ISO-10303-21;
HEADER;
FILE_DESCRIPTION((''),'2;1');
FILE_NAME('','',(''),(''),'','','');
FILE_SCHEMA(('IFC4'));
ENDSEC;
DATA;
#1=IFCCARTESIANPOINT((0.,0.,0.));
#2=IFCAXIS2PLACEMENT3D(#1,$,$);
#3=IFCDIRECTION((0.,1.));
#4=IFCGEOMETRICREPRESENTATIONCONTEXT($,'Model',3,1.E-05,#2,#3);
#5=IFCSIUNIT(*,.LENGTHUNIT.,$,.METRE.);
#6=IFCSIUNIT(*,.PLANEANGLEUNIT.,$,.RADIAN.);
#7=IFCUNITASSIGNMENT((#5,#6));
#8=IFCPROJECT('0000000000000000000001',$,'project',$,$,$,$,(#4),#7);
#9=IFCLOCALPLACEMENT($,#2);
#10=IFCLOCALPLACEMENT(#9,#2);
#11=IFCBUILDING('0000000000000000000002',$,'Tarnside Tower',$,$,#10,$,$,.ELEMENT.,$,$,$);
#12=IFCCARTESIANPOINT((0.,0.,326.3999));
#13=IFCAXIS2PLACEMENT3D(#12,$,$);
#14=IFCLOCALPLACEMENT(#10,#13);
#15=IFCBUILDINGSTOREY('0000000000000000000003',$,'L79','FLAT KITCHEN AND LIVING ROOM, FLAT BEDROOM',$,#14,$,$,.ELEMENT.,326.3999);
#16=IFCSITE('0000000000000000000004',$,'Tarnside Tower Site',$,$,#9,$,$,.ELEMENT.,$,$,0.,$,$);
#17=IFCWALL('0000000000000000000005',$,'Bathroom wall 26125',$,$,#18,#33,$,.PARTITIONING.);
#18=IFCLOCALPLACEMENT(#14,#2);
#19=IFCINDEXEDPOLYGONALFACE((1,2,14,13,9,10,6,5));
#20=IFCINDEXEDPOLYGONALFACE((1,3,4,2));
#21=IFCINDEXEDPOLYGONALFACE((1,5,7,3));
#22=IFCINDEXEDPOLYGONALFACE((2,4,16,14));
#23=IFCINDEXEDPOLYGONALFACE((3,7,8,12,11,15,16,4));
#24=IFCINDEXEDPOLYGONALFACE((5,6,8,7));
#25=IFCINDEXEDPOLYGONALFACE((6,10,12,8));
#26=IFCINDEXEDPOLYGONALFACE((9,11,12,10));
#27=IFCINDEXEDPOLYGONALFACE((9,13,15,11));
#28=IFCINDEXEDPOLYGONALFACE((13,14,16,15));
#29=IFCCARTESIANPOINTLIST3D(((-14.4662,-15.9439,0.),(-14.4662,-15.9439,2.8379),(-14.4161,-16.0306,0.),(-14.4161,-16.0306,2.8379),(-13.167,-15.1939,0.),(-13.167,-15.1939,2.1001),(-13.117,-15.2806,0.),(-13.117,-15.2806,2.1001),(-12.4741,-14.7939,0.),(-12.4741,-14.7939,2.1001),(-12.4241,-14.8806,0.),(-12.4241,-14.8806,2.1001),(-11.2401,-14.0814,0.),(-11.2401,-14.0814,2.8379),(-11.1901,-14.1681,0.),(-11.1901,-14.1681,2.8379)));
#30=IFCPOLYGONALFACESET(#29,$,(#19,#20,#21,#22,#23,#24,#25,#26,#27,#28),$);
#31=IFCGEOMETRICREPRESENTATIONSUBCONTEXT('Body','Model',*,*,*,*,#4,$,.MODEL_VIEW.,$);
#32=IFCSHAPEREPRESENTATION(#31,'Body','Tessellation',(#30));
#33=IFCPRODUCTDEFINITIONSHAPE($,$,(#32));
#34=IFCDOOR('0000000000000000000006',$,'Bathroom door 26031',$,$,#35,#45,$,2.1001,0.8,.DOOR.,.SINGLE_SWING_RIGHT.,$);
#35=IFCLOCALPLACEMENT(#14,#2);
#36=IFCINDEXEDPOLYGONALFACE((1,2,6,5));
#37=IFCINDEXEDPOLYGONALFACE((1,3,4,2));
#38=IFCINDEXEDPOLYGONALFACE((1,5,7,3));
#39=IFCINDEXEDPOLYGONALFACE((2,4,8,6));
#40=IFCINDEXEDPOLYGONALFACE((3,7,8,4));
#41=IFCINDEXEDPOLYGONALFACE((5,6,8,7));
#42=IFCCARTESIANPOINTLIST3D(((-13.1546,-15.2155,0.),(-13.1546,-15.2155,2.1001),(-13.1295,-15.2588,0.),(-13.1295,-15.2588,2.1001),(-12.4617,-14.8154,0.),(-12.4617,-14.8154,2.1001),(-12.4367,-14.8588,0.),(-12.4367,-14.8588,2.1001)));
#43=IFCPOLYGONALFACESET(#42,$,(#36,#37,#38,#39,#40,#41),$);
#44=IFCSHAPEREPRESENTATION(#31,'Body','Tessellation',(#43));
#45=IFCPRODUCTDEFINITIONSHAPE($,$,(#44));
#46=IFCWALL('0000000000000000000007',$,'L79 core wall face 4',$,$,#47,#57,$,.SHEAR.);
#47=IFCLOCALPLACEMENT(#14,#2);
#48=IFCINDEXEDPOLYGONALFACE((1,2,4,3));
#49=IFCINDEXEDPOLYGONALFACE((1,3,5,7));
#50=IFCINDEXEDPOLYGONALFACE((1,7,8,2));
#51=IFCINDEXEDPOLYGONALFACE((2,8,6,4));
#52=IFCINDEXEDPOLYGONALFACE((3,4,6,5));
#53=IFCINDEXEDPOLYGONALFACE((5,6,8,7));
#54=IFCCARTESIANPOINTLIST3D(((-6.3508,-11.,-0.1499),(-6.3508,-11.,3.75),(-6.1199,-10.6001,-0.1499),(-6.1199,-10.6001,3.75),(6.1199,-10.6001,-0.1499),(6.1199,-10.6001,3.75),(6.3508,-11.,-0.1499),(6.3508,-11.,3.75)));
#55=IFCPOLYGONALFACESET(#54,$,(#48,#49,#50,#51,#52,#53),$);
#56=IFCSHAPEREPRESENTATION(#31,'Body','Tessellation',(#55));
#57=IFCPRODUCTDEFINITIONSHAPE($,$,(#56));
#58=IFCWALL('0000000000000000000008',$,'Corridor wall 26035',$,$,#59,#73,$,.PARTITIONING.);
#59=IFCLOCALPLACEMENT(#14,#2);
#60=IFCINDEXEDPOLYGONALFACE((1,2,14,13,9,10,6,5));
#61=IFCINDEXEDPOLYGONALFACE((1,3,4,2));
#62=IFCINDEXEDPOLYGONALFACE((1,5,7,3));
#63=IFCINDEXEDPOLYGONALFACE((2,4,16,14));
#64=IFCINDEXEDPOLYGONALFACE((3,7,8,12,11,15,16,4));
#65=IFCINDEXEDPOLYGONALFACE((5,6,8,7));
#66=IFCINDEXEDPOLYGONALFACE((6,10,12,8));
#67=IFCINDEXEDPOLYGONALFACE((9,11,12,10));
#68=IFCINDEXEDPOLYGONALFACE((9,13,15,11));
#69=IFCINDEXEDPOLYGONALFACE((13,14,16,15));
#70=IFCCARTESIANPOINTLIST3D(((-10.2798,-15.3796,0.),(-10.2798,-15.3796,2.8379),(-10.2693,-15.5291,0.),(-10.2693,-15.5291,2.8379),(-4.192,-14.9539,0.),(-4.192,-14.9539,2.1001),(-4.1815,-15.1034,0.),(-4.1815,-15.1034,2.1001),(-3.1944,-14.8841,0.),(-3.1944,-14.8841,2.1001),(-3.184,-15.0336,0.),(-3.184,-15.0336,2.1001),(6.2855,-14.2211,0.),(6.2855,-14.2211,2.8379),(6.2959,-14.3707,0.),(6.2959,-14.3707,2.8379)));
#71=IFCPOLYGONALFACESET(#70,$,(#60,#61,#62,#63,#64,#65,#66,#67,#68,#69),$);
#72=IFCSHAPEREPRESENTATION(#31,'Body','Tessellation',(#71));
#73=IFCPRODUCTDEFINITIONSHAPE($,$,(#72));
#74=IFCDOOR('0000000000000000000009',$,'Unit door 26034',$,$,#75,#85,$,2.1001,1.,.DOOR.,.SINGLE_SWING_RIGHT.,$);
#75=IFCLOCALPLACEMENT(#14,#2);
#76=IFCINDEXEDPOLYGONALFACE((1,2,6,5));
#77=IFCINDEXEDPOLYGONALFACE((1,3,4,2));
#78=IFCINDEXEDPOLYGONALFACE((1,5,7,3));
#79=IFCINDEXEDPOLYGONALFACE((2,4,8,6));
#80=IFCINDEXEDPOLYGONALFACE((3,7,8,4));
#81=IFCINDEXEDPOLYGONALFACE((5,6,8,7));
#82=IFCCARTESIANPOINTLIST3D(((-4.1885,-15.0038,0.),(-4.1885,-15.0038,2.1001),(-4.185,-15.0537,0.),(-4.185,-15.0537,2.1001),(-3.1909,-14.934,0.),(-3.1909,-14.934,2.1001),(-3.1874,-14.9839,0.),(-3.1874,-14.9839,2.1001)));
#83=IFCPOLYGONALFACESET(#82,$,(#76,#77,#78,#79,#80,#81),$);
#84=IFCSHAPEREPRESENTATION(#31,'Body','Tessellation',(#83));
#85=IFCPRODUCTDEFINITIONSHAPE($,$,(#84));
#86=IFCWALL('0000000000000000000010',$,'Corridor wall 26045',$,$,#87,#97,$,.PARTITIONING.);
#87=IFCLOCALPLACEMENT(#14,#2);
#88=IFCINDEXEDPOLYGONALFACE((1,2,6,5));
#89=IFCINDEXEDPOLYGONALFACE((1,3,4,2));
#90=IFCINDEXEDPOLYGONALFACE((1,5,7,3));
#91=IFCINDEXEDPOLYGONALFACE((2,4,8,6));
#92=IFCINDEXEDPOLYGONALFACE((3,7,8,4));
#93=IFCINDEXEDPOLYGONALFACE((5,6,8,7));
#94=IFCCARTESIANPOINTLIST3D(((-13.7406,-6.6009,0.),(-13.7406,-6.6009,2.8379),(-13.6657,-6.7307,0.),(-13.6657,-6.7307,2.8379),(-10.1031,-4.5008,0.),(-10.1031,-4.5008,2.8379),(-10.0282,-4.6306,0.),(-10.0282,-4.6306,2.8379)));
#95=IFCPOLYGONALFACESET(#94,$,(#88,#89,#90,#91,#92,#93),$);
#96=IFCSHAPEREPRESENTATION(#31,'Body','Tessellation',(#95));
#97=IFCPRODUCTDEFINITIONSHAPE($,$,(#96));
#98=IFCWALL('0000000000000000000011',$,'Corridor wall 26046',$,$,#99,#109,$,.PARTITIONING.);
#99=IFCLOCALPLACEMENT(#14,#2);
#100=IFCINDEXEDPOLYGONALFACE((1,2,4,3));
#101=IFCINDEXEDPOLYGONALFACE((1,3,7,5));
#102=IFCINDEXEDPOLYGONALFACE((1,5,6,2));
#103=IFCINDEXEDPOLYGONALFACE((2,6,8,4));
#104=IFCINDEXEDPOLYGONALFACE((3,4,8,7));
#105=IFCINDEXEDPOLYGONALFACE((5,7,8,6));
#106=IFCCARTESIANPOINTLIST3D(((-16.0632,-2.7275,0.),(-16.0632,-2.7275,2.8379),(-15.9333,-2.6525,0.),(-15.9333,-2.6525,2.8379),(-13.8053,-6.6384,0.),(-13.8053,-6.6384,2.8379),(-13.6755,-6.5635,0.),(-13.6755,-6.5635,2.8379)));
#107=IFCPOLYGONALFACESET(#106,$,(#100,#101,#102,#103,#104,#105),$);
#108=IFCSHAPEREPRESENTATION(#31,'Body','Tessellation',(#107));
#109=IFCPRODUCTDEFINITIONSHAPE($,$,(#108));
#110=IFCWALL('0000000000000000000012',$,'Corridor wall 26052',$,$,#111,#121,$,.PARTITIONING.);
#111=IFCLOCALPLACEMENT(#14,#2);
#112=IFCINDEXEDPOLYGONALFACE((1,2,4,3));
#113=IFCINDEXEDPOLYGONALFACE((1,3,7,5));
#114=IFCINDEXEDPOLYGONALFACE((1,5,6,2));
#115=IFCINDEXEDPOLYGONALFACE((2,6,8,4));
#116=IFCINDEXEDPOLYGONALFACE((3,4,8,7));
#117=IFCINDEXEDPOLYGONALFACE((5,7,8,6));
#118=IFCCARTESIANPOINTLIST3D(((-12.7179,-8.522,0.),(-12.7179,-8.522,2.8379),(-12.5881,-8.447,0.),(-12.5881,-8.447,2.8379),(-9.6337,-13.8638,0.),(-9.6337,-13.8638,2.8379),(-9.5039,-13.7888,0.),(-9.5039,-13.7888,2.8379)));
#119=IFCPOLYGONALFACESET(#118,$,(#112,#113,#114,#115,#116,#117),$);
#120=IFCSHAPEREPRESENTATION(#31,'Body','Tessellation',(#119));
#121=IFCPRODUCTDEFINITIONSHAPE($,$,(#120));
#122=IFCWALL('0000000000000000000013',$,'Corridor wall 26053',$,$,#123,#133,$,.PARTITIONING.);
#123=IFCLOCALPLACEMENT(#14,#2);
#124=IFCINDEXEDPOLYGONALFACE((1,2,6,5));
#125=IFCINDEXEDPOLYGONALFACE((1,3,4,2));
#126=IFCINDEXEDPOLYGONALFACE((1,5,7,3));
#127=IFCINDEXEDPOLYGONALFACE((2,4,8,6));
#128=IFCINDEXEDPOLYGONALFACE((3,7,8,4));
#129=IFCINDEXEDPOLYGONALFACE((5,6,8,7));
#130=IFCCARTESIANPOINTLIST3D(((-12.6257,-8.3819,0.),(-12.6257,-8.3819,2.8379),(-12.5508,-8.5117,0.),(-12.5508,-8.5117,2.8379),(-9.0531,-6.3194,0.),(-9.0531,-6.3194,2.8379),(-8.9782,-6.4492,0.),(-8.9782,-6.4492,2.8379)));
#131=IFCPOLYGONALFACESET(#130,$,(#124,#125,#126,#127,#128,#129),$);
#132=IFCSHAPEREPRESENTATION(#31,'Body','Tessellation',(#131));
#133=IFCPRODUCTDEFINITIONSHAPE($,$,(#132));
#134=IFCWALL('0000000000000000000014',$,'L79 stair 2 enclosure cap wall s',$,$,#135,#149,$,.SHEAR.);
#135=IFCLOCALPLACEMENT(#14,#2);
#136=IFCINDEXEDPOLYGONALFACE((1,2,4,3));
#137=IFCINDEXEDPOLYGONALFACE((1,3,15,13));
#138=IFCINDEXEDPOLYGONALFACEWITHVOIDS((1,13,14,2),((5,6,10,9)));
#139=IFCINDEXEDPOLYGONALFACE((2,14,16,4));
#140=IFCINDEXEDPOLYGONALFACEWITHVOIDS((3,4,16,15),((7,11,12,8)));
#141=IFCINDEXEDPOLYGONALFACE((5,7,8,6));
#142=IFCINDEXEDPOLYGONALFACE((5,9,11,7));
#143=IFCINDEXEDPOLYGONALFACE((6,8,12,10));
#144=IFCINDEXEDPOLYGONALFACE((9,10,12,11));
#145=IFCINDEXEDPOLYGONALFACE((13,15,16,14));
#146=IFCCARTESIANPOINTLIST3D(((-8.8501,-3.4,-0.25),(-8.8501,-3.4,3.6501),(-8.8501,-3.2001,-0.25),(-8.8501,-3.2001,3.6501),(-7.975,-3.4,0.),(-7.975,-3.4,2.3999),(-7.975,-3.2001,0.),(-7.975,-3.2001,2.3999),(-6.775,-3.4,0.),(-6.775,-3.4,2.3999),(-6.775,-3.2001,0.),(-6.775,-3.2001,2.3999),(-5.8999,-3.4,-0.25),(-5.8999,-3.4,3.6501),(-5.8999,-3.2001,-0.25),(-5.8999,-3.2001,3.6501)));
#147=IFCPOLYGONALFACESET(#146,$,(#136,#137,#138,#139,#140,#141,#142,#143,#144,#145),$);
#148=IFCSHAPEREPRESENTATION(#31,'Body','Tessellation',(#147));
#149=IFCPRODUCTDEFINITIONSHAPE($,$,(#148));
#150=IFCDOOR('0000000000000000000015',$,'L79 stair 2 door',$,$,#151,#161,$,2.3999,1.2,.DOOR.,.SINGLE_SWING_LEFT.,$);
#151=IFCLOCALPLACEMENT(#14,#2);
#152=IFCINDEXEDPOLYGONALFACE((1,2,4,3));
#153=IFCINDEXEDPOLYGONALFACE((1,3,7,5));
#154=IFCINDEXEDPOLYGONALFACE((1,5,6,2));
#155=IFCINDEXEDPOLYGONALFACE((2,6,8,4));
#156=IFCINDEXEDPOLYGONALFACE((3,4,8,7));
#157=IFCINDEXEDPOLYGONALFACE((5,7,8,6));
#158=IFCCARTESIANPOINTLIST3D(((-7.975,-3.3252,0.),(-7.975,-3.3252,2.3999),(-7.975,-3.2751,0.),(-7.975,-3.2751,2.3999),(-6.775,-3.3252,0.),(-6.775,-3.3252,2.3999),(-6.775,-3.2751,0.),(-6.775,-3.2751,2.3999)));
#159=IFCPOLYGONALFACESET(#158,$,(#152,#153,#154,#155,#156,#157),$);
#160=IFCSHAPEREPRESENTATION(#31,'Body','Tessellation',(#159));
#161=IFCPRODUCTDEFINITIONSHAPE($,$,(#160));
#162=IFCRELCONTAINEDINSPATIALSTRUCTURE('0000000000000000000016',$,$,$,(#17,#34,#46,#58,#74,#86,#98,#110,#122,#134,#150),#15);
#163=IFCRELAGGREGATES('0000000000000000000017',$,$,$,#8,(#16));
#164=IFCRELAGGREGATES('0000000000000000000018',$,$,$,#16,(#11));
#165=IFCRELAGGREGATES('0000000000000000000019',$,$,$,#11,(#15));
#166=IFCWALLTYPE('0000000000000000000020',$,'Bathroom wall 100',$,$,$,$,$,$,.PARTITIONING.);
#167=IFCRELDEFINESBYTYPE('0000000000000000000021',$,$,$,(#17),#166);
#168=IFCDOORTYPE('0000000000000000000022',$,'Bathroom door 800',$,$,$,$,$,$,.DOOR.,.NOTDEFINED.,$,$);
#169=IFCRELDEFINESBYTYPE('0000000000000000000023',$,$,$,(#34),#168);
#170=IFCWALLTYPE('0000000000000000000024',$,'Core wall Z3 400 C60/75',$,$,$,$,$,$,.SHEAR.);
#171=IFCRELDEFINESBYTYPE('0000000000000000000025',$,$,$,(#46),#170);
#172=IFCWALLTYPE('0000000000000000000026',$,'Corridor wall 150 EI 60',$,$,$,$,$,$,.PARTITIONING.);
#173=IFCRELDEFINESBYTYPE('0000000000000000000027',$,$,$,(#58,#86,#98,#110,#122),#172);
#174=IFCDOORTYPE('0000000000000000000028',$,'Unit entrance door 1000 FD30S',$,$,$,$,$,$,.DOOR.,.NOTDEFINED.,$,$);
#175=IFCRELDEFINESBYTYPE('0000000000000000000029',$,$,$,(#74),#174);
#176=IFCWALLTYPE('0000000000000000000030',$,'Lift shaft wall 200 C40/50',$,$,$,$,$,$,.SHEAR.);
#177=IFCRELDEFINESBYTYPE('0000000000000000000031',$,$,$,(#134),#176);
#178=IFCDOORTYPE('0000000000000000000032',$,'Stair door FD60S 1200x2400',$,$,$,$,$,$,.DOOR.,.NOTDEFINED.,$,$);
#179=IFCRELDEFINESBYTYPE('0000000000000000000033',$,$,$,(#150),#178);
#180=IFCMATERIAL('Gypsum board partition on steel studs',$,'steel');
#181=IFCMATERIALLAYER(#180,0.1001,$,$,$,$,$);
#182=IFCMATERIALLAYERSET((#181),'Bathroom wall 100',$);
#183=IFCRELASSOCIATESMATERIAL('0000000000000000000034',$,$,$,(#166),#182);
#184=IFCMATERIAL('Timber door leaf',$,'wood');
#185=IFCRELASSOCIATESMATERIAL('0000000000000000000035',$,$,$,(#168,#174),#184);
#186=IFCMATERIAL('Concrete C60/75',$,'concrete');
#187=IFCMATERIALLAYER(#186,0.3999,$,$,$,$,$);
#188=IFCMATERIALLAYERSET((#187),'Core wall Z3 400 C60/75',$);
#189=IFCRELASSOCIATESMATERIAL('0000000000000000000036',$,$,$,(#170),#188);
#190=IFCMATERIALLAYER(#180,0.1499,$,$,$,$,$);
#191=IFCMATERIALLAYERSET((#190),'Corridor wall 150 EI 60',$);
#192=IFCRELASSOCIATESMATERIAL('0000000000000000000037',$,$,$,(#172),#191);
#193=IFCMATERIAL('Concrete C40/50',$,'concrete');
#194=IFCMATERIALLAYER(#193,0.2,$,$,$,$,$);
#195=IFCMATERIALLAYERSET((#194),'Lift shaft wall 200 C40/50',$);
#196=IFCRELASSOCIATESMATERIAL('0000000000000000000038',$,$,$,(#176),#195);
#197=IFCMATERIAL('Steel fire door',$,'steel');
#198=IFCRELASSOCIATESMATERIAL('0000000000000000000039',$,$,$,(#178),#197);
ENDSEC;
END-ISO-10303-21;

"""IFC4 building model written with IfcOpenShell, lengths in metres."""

from ifc_helpers import new_model, si_unit, direction, frame, frame_2d, origin, place, context, subcontext, project, spatial, polyline, rectangle, outline, extrude, material, layer, layer_set, type_object, element, fill, save


model = new_model("IFC4")

# Units and contexts
model_context = context("Model", 3, precision=1e-05, world=origin(), true_north=direction((0.0, 1.0)))
body_context = subcontext(model_context, "Body", "Model", "MODEL_VIEW")
ifc_project = project(units=[si_unit("LENGTHUNIT", "METRE"), si_unit("PLANEANGLEUNIT", "RADIAN")], contexts=[model_context])

# Site, building, storey
site_placement = place(None, origin())
site = spatial("IfcSite", under=ifc_project, at=site_placement, Name="Tarnside Tower Site", CompositionType="ELEMENT", RefElevation=0.0)
building_placement = place(site_placement, origin())
building = spatial("IfcBuilding", under=site, at=building_placement, Name="Tarnside Tower", CompositionType="ELEMENT")
storey_placement = place(building_placement, frame((0.0, 0.0, 326.3999)))
storey = spatial("IfcBuildingStorey", under=building, at=storey_placement, Name="L79", Description="FLAT KITCHEN AND LIVING ROOM, FLAT BEDROOM", CompositionType="ELEMENT", Elevation=326.3999)

# Wall, opening, door
ifc_material_1 = material(Name="Gypsum board partition on steel studs", Category="steel")
ifc_layer_1 = layer(ifc_material_1, 0.1001)
ifc_layer_set_1 = layer_set([ifc_layer_1], Name="Bathroom wall 100")
wall_type_1 = type_object("IfcWallType", Name="Bathroom wall 100", PredefinedType="PARTITIONING", material=ifc_layer_set_1)
wall_1_placement = place(storey_placement, frame((-11.2151, -14.1248, 0.0), z_axis=(0.0, 0.0, 1.0), x_axis=(-0.866028, -0.499995, 0.0)))
wall_1 = element("IfcWall", 1, at=wall_1_placement, inside=storey, type_object=wall_type_1, Name="Bathroom wall 26125", PredefinedType="PARTITIONING", context=body_context, shape_type="SweptSolid", body=[
    extrude(rectangle(XDim=3.7251, YDim=0.1001, at=frame_2d((1.8625, 0.0))), origin(), (0.0, 0.0, 1.0), 2.8379),
])
opening_1_placement = place(wall_1_placement, frame((1.425, 0.0, 0.0)))
opening_1 = element("IfcOpeningElement", 2, at=opening_1_placement, cuts=wall_1, PredefinedType="OPENING", context=body_context, shape_type="SweptSolid", body=[
    extrude(rectangle(XDim=0.8, YDim=2.1001, at=frame_2d((0.3999, 1.05))), frame((0.0, 0.0601, 0.0), z_axis=(0.0, -1.0, 0.0), x_axis=(1.0, 0.0, 0.0)), (0.0, 0.0, 1.0), 0.1201),
])
ifc_material_2 = material(Name="Timber door leaf", Category="wood")
door_type_1 = type_object("IfcDoorType", Name="Bathroom door 800", OperationType="NOTDEFINED", PredefinedType="DOOR", material=ifc_material_2)
door_1_placement = place(opening_1_placement, origin())
door_1 = element("IfcDoor", 3, at=door_1_placement, inside=storey, type_object=door_type_1, Name="Bathroom door 26031", OperationType="SINGLE_SWING_RIGHT", OverallHeight=2.1001, OverallWidth=0.8, PredefinedType="DOOR", context=body_context, shape_type="SweptSolid", body=[
    extrude(rectangle(XDim=0.8, YDim=2.1001, at=frame_2d((0.3999, 1.05))), frame((0.0, 0.0249, 0.0), z_axis=(0.0, -1.0, 0.0), x_axis=(1.0, 0.0, 0.0)), (0.0, 0.0, 1.0), 0.05),
])
fill(opening_1, door_1)

# Wall
ifc_material_3 = material(Name="Concrete C60/75", Category="concrete")
ifc_layer_2 = layer(ifc_material_3, 0.3999)
ifc_layer_set_2 = layer_set([ifc_layer_2], Name="Core wall Z3 400 C60/75")
wall_type_2 = type_object("IfcWallType", Name="Core wall Z3 400 C60/75", PredefinedType="SHEAR", material=ifc_layer_set_2)
wall_2_placement = place(storey_placement, frame((-6.2354, -10.8, -0.1499), z_axis=(0.0, 0.0, 1.0), x_axis=(1.0, 0.0, 0.0)))
element("IfcWall", 4, at=wall_2_placement, inside=storey, type_object=wall_type_2, Name="L79 core wall face 4", PredefinedType="SHEAR", context=body_context, shape_type="SweptSolid", body=[
    extrude(outline(polyline([(-0.1155, -0.2), (12.5862, -0.2), (12.3552, 0.2), (0.1155, 0.2), (-0.1155, -0.2)])), origin(), (0.0, 0.0, 1.0), 3.8999),
])

# Wall, opening, door
ifc_layer_3 = layer(ifc_material_1, 0.1499)
ifc_layer_set_3 = layer_set([ifc_layer_3], Name="Corridor wall 150 EI 60")
wall_type_3 = type_object("IfcWallType", Name="Corridor wall 150 EI 60", PredefinedType="PARTITIONING", material=ifc_layer_set_3)
wall_3_placement = place(storey_placement, frame((-10.2744, -15.4543, 0.0), z_axis=(0.0, 0.0, 1.0), x_axis=(0.997564, 0.069762, 0.0)))
wall_3 = element("IfcWall", 5, at=wall_3_placement, inside=storey, type_object=wall_type_3, Name="Corridor wall 26035", PredefinedType="PARTITIONING", context=body_context, shape_type="SweptSolid", body=[
    extrude(rectangle(XDim=16.6057, YDim=0.1499, at=frame_2d((8.3027, 0.0))), origin(), (0.0, 0.0, 1.0), 2.8379),
])
opening_2_placement = place(wall_3_placement, frame((6.1025, 0.0, 0.0)))
opening_2 = element("IfcOpeningElement", 6, at=opening_2_placement, cuts=wall_3, PredefinedType="OPENING", context=body_context, shape_type="SweptSolid", body=[
    extrude(rectangle(XDim=1.0, YDim=2.1001, at=frame_2d((0.5, 1.05))), frame((0.0, 0.085, 0.0), z_axis=(0.0, -1.0, 0.0), x_axis=(1.0, 0.0, 0.0)), (0.0, 0.0, 1.0), 0.1699),
])
door_type_2 = type_object("IfcDoorType", Name="Unit entrance door 1000 FD30S", OperationType="NOTDEFINED", PredefinedType="DOOR", material=ifc_material_2)
door_2_placement = place(opening_2_placement, origin())
door_2 = element("IfcDoor", 7, at=door_2_placement, inside=storey, type_object=door_type_2, Name="Unit door 26034", OperationType="SINGLE_SWING_RIGHT", OverallHeight=2.1001, OverallWidth=1.0, PredefinedType="DOOR", context=body_context, shape_type="SweptSolid", body=[
    extrude(rectangle(XDim=1.0, YDim=2.1001, at=frame_2d((0.5, 1.05))), frame((0.0, 0.0249, 0.0), z_axis=(0.0, -1.0, 0.0), x_axis=(1.0, 0.0, 0.0)), (0.0, 0.0, 1.0), 0.05),
])
fill(opening_2, door_2)

# Walls
wall_4_placement = place(storey_placement, frame((-10.0657, -4.5657, 0.0), z_axis=(0.0, 0.0, 1.0), x_axis=(-0.866024, -0.500003, 0.0)))
element("IfcWall", 8, at=wall_4_placement, inside=storey, type_object=wall_type_3, Name="Corridor wall 26045", PredefinedType="PARTITIONING", context=body_context, shape_type="SweptSolid", body=[
    extrude(rectangle(XDim=4.2002, YDim=0.1499, at=frame_2d((2.1001, 0.0))), origin(), (0.0, 0.0, 1.0), 2.8379),
])
wall_5_placement = place(storey_placement, frame((-13.7405, -6.6008, 0.0), z_axis=(0.0, 0.0, 1.0), x_axis=(-0.499977, 0.866039, 0.0)))
element("IfcWall", 9, at=wall_5_placement, inside=storey, type_object=wall_type_3, Name="Corridor wall 26046", PredefinedType="PARTITIONING", context=body_context, shape_type="SweptSolid", body=[
    extrude(rectangle(XDim=4.5159, YDim=0.1499, at=frame_2d((2.2578, 0.0))), origin(), (0.0, 0.0, 1.0), 2.8379),
])
wall_6_placement = place(storey_placement, frame((-9.5688, -13.8262, 0.0), z_axis=(0.0, 0.0, 1.0), x_axis=(-0.500017, 0.866016, 0.0)))
element("IfcWall", 10, at=wall_6_placement, inside=storey, type_object=wall_type_3, Name="Corridor wall 26052", PredefinedType="PARTITIONING", context=body_context, shape_type="SweptSolid", body=[
    extrude(rectangle(XDim=6.1682, YDim=0.1499, at=frame_2d((3.084, 0.0))), origin(), (0.0, 0.0, 1.0), 2.8379),
])
wall_7_placement = place(storey_placement, frame((-12.5881, -8.4468, 0.0), z_axis=(0.0, 0.0, 1.0), x_axis=(0.866035, 0.499984, 0.0)))
element("IfcWall", 11, at=wall_7_placement, inside=storey, type_object=wall_type_3, Name="Corridor wall 26053", PredefinedType="PARTITIONING", context=body_context, shape_type="SweptSolid", body=[
    extrude(rectangle(XDim=4.1252, YDim=0.1499, at=frame_2d((2.0625, 0.0))), origin(), (0.0, 0.0, 1.0), 2.8379),
])

# Wall, opening, door
ifc_material_4 = material(Name="Concrete C40/50", Category="concrete")
ifc_layer_4 = layer(ifc_material_4, 0.2)
ifc_layer_set_4 = layer_set([ifc_layer_4], Name="Lift shaft wall 200 C40/50")
wall_type_4 = type_object("IfcWallType", Name="Lift shaft wall 200 C40/50", PredefinedType="SHEAR", material=ifc_layer_set_4)
wall_8_placement = place(storey_placement, frame((-8.8501, -3.3, -0.25), z_axis=(0.0, 0.0, 1.0), x_axis=(1.0, 0.0, 0.0)))
wall_8 = element("IfcWall", 12, at=wall_8_placement, inside=storey, type_object=wall_type_4, Name="L79 stair 2 enclosure cap wall s", PredefinedType="SHEAR", context=body_context, shape_type="SweptSolid", body=[
    extrude(rectangle(XDim=2.9502, YDim=0.2, at=frame_2d((1.4751, 0.0))), origin(), (0.0, 0.0, 1.0), 3.9001),
])
opening_3_placement = place(wall_8_placement, frame((0.875, 0.0, 0.25)))
opening_3 = element("IfcOpeningElement", 13, at=opening_3_placement, cuts=wall_8, PredefinedType="OPENING", context=body_context, shape_type="SweptSolid", body=[
    extrude(rectangle(XDim=1.2, YDim=2.3999, at=frame_2d((0.6001, 1.2))), frame((0.0, 0.1099, 0.0), z_axis=(0.0, -1.0, 0.0), x_axis=(1.0, 0.0, 0.0)), (0.0, 0.0, 1.0), 0.22),
])
ifc_material_5 = material(Name="Steel fire door", Category="steel")
door_type_3 = type_object("IfcDoorType", Name="Stair door FD60S 1200x2400", OperationType="NOTDEFINED", PredefinedType="DOOR", material=ifc_material_5)
door_3_placement = place(opening_3_placement, origin())
door_3 = element("IfcDoor", 14, at=door_3_placement, inside=storey, type_object=door_type_3, Name="L79 stair 2 door", OperationType="SINGLE_SWING_LEFT", OverallHeight=2.3999, OverallWidth=1.2, PredefinedType="DOOR", context=body_context, shape_type="SweptSolid", body=[
    extrude(rectangle(XDim=1.2, YDim=2.3999, at=frame_2d((0.6001, 1.2))), frame((0.0, 0.0249, 0.0), z_axis=(0.0, -1.0, 0.0), x_axis=(1.0, 0.0, 0.0)), (0.0, 0.0, 1.0), 0.05),
])
fill(opening_3, door_3)

save(model, "model.ifc")
